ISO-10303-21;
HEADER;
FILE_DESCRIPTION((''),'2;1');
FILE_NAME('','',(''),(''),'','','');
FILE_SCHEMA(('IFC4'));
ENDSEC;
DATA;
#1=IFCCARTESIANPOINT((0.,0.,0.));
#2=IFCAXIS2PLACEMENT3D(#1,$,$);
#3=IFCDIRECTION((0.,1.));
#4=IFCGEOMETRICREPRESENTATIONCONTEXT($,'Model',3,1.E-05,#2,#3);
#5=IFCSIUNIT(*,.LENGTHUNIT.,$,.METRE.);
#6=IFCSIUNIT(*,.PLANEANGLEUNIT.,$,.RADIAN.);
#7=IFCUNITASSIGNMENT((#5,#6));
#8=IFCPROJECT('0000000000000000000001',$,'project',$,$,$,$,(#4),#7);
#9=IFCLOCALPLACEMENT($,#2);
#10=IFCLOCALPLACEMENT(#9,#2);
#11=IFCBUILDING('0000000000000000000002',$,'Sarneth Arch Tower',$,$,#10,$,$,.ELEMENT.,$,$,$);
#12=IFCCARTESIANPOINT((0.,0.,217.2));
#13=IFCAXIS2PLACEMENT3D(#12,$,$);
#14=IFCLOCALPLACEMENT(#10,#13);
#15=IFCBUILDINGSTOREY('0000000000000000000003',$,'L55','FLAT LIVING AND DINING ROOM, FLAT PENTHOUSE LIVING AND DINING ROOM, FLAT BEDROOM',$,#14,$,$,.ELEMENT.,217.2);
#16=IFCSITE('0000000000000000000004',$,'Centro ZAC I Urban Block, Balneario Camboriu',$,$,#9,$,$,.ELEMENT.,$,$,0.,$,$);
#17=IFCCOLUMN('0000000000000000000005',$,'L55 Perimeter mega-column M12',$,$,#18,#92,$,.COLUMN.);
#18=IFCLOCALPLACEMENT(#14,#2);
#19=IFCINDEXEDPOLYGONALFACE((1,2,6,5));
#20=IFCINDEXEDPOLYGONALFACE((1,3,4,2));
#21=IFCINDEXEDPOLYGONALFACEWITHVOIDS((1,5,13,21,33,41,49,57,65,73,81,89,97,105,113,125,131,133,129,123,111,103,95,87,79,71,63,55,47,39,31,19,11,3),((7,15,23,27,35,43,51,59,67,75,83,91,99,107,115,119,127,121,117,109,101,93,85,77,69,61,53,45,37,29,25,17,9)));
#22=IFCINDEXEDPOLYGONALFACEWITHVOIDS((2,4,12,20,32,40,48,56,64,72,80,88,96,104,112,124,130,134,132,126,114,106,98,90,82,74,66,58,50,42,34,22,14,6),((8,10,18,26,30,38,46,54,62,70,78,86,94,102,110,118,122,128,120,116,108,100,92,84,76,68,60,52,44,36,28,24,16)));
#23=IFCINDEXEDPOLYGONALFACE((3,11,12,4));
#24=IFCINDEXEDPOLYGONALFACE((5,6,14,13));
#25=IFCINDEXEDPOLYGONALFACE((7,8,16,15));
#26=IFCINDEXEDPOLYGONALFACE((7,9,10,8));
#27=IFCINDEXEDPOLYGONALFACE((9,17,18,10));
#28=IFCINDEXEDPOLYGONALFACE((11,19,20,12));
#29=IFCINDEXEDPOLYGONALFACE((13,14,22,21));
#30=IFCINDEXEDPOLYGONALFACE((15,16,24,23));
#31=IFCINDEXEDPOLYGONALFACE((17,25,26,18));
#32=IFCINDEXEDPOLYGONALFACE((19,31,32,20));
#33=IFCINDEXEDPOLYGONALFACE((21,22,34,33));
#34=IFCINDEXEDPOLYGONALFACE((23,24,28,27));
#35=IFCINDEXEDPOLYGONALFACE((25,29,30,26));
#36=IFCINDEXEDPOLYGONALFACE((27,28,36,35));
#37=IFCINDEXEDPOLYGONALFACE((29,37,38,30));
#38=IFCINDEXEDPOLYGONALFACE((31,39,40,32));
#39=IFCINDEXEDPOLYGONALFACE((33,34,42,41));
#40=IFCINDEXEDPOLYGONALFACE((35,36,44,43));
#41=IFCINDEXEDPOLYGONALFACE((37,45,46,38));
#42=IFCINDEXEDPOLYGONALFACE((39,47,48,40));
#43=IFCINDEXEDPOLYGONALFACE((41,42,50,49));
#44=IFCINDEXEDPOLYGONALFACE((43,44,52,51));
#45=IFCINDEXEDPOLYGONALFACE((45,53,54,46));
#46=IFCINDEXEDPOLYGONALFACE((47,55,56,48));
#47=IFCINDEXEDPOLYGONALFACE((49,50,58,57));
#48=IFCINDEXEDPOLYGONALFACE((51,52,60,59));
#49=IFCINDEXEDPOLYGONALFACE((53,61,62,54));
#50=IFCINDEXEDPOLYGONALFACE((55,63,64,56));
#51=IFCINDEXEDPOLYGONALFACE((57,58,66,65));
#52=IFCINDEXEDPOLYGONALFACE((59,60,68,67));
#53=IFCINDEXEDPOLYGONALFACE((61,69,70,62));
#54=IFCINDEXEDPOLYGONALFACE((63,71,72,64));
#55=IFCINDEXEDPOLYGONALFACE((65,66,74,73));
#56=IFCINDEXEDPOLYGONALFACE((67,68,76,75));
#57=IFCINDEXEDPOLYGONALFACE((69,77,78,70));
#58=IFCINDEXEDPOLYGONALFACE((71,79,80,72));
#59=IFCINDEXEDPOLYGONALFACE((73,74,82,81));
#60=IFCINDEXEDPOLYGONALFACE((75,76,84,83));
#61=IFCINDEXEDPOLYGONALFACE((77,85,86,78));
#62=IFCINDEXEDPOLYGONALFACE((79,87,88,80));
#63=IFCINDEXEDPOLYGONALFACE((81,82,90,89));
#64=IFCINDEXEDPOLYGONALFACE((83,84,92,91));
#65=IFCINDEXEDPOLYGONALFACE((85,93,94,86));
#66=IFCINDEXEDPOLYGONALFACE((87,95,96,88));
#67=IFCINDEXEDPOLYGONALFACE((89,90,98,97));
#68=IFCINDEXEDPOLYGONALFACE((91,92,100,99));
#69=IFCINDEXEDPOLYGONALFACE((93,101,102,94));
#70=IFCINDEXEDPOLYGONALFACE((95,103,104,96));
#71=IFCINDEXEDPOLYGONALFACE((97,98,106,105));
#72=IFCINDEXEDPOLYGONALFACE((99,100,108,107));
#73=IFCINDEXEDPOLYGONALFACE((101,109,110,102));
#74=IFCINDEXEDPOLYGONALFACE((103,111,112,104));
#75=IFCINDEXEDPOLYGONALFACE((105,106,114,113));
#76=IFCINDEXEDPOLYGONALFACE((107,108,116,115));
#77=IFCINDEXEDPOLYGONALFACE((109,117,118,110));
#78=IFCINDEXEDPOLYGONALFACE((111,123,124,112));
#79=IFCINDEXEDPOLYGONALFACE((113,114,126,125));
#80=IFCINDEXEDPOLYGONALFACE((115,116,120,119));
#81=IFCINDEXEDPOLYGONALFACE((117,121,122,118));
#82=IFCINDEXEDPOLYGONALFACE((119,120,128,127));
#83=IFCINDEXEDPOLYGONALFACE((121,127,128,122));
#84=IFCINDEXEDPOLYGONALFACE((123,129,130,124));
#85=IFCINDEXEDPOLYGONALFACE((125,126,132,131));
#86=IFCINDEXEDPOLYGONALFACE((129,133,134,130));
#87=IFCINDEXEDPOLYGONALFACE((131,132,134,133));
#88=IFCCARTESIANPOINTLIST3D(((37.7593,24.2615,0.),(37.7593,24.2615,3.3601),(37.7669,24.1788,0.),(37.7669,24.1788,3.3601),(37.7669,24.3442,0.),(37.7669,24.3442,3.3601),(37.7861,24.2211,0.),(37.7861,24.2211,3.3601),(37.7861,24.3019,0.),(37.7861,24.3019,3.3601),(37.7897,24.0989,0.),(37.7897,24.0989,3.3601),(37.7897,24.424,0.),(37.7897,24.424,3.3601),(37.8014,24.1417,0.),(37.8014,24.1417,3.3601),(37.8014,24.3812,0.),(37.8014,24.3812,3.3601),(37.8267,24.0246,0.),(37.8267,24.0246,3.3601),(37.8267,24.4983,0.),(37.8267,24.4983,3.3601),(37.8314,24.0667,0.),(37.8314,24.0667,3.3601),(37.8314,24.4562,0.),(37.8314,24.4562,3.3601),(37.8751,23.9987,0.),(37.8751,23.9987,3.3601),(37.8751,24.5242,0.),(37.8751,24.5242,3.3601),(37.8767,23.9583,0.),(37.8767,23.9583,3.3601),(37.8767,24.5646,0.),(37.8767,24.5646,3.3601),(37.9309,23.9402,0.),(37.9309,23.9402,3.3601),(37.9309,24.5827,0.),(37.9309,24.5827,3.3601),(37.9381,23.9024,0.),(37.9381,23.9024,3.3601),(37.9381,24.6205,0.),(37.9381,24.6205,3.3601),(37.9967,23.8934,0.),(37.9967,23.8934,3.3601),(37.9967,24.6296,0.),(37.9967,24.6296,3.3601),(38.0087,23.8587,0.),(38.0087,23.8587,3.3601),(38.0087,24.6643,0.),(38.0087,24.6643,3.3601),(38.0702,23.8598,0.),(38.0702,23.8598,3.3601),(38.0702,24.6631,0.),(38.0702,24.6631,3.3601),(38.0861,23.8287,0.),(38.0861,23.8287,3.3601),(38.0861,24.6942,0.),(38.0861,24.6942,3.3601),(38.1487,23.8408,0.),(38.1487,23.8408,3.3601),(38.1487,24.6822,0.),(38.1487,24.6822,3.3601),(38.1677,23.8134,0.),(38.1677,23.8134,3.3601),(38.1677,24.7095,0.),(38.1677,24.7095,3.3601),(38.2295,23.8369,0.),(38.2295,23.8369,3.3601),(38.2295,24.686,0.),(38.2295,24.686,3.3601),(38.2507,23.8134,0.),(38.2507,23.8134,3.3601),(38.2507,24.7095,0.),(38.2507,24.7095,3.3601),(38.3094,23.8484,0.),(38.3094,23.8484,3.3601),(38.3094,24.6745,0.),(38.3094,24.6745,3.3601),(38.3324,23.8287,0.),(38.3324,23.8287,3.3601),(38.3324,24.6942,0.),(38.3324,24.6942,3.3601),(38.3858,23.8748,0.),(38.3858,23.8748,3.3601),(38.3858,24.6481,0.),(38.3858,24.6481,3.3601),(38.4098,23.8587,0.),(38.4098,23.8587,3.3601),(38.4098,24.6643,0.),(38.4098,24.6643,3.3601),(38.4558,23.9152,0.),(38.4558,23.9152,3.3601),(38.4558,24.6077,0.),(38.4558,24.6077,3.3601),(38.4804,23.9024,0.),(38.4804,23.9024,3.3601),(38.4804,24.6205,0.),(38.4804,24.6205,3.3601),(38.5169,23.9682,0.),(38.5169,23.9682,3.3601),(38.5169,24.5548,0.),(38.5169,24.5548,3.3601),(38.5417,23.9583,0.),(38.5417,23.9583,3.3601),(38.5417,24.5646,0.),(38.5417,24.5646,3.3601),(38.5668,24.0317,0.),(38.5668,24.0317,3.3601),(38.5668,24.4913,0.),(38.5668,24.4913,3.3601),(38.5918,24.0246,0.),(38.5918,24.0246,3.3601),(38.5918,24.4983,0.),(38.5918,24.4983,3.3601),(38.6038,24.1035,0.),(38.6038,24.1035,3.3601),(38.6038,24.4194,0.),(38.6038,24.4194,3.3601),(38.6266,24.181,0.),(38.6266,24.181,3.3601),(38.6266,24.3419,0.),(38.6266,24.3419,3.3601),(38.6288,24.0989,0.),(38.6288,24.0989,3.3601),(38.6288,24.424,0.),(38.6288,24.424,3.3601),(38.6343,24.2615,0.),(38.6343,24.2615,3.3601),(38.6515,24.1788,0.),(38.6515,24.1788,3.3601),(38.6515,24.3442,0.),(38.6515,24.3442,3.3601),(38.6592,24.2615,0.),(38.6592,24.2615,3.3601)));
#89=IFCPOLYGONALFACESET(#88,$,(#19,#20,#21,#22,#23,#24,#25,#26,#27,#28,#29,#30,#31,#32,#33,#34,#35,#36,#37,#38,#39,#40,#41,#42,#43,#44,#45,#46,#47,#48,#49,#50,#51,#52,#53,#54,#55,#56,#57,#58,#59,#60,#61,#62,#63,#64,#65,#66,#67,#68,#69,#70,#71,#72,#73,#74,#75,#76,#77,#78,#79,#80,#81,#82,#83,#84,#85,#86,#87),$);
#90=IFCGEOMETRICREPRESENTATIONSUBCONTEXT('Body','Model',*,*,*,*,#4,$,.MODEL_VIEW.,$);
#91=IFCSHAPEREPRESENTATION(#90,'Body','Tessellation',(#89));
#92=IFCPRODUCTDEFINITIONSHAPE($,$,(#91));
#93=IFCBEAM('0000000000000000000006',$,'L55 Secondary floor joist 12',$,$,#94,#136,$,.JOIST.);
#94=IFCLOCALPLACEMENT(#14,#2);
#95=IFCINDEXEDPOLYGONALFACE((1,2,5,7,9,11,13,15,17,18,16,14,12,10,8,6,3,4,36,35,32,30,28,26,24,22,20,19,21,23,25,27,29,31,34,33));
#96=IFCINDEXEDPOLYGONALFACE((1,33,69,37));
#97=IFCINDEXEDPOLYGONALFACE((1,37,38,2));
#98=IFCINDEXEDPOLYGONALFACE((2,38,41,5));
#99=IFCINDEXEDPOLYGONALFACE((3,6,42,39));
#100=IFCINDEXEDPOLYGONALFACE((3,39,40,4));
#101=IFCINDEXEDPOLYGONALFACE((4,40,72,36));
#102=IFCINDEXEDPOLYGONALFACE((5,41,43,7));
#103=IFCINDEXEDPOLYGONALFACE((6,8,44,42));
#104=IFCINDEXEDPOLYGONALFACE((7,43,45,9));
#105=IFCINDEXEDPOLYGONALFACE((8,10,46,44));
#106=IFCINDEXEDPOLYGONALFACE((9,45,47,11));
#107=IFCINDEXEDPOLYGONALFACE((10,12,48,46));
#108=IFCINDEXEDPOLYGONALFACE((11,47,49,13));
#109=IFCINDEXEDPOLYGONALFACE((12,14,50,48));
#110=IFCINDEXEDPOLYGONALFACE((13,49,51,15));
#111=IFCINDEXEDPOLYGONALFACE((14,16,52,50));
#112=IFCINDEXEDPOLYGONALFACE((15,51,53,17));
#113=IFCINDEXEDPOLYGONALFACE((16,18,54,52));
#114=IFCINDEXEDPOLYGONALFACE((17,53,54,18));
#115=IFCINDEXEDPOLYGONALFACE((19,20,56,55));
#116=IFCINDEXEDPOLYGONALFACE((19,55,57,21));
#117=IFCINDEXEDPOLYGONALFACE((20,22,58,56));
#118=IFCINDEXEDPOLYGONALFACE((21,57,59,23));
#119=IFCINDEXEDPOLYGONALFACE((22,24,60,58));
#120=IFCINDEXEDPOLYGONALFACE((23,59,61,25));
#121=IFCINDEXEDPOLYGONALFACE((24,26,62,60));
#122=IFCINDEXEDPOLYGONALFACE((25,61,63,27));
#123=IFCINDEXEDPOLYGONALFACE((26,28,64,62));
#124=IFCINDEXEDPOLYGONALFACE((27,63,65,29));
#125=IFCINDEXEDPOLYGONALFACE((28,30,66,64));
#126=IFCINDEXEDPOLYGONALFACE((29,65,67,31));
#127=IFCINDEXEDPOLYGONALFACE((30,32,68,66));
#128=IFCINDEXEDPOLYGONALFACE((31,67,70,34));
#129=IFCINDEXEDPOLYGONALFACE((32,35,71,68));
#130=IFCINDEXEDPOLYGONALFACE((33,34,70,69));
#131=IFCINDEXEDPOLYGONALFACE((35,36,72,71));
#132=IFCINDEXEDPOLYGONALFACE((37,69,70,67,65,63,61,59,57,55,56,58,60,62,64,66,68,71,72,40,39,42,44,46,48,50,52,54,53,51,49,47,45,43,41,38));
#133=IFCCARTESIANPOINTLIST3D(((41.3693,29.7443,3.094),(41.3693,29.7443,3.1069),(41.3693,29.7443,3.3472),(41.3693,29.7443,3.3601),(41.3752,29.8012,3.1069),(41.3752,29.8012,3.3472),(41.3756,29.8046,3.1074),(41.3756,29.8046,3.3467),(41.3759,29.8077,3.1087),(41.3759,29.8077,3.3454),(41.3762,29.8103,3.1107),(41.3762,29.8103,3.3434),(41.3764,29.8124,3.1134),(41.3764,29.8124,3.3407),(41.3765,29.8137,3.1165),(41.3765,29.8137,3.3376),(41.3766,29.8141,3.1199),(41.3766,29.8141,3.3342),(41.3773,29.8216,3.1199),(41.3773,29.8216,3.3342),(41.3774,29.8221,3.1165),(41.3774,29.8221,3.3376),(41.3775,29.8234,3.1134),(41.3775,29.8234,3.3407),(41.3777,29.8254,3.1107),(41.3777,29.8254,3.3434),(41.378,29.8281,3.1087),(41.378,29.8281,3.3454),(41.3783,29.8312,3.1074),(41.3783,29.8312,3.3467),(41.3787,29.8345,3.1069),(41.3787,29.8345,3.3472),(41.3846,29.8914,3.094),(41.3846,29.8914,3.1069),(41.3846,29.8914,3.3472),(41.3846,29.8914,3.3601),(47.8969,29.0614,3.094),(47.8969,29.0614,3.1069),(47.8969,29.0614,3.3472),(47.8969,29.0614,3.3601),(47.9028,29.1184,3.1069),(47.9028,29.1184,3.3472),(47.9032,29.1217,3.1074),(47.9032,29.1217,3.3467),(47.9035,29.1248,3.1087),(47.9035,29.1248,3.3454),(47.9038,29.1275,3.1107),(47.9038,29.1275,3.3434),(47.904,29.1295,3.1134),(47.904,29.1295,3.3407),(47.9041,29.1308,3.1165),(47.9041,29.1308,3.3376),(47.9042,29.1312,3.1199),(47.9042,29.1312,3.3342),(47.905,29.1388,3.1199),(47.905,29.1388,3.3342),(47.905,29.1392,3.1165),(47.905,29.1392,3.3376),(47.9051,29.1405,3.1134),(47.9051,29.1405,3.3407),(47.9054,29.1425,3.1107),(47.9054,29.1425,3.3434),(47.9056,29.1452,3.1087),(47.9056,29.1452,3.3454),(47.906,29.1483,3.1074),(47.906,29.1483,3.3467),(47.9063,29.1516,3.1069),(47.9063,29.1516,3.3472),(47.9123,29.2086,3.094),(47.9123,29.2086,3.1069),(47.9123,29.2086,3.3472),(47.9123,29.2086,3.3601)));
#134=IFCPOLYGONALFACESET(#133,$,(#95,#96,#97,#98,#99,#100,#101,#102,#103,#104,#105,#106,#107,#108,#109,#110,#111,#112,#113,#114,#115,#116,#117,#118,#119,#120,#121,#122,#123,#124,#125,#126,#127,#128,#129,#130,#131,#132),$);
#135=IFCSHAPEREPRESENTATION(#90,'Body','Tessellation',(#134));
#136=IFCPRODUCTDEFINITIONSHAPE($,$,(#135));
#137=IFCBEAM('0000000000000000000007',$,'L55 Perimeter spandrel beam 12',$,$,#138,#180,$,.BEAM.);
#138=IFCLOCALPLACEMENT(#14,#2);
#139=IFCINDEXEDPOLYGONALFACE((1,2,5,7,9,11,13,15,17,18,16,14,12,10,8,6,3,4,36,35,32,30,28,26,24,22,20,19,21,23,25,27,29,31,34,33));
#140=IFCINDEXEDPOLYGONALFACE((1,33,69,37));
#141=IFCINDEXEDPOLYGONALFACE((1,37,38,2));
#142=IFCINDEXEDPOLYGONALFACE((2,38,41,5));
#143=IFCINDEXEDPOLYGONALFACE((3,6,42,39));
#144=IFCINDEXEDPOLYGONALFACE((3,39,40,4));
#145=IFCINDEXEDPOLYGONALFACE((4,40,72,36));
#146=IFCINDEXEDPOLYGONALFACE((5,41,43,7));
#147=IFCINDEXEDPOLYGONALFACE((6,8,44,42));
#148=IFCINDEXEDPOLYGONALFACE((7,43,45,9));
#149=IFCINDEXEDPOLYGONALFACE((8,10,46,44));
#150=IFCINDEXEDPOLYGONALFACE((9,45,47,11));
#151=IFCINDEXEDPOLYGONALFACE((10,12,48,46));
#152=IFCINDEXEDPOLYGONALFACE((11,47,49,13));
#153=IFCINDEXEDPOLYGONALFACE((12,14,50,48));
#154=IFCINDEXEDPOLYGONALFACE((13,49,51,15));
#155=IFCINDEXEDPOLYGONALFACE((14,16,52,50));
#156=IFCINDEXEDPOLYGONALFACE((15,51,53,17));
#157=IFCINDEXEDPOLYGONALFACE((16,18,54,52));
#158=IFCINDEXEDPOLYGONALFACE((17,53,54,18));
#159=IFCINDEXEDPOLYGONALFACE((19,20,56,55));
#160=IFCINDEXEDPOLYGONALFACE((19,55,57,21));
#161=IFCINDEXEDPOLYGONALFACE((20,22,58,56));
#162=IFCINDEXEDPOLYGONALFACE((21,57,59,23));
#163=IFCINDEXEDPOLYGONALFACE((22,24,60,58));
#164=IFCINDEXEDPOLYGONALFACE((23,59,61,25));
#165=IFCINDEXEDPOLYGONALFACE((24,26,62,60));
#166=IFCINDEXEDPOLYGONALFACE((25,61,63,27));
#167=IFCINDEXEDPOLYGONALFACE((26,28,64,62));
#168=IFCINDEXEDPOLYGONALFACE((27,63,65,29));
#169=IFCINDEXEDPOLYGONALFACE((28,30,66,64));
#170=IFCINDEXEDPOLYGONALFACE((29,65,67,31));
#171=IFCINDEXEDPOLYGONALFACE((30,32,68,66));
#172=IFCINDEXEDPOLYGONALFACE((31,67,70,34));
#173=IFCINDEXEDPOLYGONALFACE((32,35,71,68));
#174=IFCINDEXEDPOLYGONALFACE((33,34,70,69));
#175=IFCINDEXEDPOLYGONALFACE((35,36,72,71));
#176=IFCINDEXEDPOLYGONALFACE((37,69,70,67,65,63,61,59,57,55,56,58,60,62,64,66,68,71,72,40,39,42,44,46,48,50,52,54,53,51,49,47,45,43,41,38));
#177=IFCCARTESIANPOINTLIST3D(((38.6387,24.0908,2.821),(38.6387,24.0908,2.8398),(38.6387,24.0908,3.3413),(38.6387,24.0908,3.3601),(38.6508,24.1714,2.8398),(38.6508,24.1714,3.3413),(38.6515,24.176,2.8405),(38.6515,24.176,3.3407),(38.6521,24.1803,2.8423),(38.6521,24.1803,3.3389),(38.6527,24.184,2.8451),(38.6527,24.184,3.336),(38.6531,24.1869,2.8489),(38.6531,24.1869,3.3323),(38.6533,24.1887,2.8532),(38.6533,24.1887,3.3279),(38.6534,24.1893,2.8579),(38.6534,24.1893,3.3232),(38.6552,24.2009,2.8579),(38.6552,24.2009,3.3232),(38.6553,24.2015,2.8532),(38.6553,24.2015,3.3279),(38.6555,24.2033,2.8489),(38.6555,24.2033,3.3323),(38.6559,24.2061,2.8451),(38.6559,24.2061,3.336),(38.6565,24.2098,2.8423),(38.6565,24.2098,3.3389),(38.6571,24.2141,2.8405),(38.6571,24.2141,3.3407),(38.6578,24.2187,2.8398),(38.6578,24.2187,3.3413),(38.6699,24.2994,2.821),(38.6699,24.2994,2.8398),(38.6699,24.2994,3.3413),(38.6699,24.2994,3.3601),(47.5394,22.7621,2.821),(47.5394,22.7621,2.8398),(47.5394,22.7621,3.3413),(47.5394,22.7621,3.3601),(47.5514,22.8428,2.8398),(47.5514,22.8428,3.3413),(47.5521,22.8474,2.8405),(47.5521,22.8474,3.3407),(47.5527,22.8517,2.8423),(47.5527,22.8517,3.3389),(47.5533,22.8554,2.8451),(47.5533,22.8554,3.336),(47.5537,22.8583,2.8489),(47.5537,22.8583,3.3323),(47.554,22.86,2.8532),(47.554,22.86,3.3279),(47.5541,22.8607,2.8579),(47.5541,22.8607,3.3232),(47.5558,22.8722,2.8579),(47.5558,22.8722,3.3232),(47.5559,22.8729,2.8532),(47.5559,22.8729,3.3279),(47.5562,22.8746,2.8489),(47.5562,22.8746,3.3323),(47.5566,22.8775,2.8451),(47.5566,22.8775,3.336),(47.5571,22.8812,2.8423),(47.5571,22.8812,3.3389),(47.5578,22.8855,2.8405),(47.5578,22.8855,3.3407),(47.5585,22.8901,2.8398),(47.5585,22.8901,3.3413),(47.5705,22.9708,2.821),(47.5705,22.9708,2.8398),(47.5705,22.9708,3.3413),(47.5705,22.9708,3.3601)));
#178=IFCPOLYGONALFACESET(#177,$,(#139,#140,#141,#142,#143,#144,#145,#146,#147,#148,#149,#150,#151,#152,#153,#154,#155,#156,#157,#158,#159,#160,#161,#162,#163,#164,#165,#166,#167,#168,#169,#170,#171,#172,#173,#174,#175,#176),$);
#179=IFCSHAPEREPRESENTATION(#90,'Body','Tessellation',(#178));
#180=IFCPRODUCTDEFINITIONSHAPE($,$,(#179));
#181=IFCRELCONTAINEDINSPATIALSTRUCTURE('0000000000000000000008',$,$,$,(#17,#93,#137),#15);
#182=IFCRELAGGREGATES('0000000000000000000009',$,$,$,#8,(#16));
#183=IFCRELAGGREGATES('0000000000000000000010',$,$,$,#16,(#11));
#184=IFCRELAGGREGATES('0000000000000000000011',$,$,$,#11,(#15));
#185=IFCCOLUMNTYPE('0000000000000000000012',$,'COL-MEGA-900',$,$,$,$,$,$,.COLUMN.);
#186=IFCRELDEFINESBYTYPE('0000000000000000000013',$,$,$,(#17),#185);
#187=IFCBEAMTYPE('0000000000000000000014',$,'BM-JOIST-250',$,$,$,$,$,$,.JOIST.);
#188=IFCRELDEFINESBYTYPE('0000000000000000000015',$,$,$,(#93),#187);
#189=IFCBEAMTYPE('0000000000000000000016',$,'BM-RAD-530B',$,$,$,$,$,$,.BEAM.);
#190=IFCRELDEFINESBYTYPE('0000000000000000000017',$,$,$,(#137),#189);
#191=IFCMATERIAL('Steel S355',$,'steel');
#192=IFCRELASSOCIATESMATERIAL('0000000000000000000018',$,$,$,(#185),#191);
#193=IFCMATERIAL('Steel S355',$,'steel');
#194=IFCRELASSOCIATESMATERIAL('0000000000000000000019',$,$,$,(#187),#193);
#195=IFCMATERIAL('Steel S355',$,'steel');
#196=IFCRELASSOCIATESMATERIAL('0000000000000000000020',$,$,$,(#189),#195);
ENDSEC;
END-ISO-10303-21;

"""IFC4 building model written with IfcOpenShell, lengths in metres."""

from ifc_helpers import new_model, si_unit, direction, frame, origin, origin_2d, place, context, subcontext, project, spatial, hollow_circle, i_section, extrude, material, material_profile, profile_set, type_object, element, save


model = new_model("IFC4")

# Units and contexts
model_context = context("Model", 3, precision=1e-05, world=origin(), true_north=direction((0.0, 1.0)))
body_context = subcontext(model_context, "Body", "Model", "MODEL_VIEW")
ifc_project = project(units=[si_unit("LENGTHUNIT", "METRE"), si_unit("PLANEANGLEUNIT", "RADIAN")], contexts=[model_context])

# Site, building, storey
site_placement = place(None, origin())
site = spatial("IfcSite", under=ifc_project, at=site_placement, Name="Centro ZAC I Urban Block, Balneario Camboriu", CompositionType="ELEMENT", RefElevation=0.0)
building_placement = place(site_placement, origin())
building = spatial("IfcBuilding", under=site, at=building_placement, Name="Sarneth Arch Tower", CompositionType="ELEMENT")
storey_placement = place(building_placement, frame((0.0, 0.0, 217.2)))
storey = spatial("IfcBuildingStorey", under=building, at=storey_placement, Name="L55", Description="FLAT LIVING AND DINING ROOM, FLAT PENTHOUSE LIVING AND DINING ROOM, FLAT BEDROOM", CompositionType="ELEMENT", Elevation=217.2)

# Column
ifc_material_1 = material(Name="Steel S355", Category="steel")
ifc_material_profile_1 = material_profile(ifc_material_1, hollow_circle(Radius=0.45, WallThickness=0.0249, at=origin_2d()), Name="CHS900x25")
ifc_profile_set_1 = profile_set([ifc_material_profile_1], Name="Steel S355")
column_type = type_object("IfcColumnType", Name="COL-MEGA-900", PredefinedType="COLUMN", material=ifc_profile_set_1)
column_placement = place(storey_placement, frame((38.2092, 24.2615, 0.0), z_axis=(0.0, 0.0, 1.0), x_axis=(1.0, 0.0, 0.0)))
element("IfcColumn", 1, at=column_placement, inside=storey, type_object=column_type, Name="L55 Perimeter mega-column M12", PredefinedType="COLUMN", context=body_context, shape_type="SweptSolid", body=[
    extrude(hollow_circle(Radius=0.45, WallThickness=0.0249, at=origin_2d()), origin(), (0.0, 0.0, 1.0), 3.3601),
])

# Beams
ifc_material_2 = material(Name="Steel S355", Category="steel")
ifc_material_profile_2 = material_profile(ifc_material_2, i_section(OverallWidth=0.1479, OverallDepth=0.2661, WebThickness=0.0076, FlangeThickness=0.0129, FilletRadius=0.0129, at=origin_2d()), Name="W250x44.8")
ifc_profile_set_2 = profile_set([ifc_material_profile_2], Name="Steel S355")
beam_type_1 = type_object("IfcBeamType", Name="BM-JOIST-250", PredefinedType="JOIST", material=ifc_profile_set_2)
beam_1_placement = place(storey_placement, frame((41.377, 29.8179, 3.2271), z_axis=(0.994573, -0.104044, 0.0), x_axis=(0.104044, 0.994573, 0.0)))
element("IfcBeam", 2, at=beam_1_placement, inside=storey, type_object=beam_type_1, Name="L55 Secondary floor joist 12", PredefinedType="JOIST", context=body_context, shape_type="SweptSolid", body=[
    extrude(i_section(OverallWidth=0.1479, OverallDepth=0.2661, WebThickness=0.0076, FlangeThickness=0.0129, FilletRadius=0.0129, at=origin_2d()), origin(), (0.0, 0.0, 1.0), 6.5632),
])
ifc_material_3 = material(Name="Steel S355", Category="steel")
ifc_material_profile_3 = material_profile(ifc_material_3, i_section(OverallWidth=0.2109, OverallDepth=0.5391, WebThickness=0.0117, FlangeThickness=0.0188, FilletRadius=0.0181, at=origin_2d()), Name="W530x109")
ifc_profile_set_3 = profile_set([ifc_material_profile_3], Name="Steel S355")
beam_type_2 = type_object("IfcBeamType", Name="BM-RAD-530B", PredefinedType="BEAM", material=ifc_profile_set_3)
beam_2_placement = place(storey_placement, frame((38.6543, 24.1951, 3.0906), z_axis=(0.989042, -0.147636, 0.0), x_axis=(0.147636, 0.989042, 0.0)))
element("IfcBeam", 3, at=beam_2_placement, inside=storey, type_object=beam_type_2, Name="L55 Perimeter spandrel beam 12", PredefinedType="BEAM", context=body_context, shape_type="SweptSolid", body=[
    extrude(i_section(OverallWidth=0.2109, OverallDepth=0.5391, WebThickness=0.0117, FlangeThickness=0.0188, FilletRadius=0.0181, at=origin_2d()), origin(), (0.0, 0.0, 1.0), 8.9993),
])

save(model, "model.ifc")
